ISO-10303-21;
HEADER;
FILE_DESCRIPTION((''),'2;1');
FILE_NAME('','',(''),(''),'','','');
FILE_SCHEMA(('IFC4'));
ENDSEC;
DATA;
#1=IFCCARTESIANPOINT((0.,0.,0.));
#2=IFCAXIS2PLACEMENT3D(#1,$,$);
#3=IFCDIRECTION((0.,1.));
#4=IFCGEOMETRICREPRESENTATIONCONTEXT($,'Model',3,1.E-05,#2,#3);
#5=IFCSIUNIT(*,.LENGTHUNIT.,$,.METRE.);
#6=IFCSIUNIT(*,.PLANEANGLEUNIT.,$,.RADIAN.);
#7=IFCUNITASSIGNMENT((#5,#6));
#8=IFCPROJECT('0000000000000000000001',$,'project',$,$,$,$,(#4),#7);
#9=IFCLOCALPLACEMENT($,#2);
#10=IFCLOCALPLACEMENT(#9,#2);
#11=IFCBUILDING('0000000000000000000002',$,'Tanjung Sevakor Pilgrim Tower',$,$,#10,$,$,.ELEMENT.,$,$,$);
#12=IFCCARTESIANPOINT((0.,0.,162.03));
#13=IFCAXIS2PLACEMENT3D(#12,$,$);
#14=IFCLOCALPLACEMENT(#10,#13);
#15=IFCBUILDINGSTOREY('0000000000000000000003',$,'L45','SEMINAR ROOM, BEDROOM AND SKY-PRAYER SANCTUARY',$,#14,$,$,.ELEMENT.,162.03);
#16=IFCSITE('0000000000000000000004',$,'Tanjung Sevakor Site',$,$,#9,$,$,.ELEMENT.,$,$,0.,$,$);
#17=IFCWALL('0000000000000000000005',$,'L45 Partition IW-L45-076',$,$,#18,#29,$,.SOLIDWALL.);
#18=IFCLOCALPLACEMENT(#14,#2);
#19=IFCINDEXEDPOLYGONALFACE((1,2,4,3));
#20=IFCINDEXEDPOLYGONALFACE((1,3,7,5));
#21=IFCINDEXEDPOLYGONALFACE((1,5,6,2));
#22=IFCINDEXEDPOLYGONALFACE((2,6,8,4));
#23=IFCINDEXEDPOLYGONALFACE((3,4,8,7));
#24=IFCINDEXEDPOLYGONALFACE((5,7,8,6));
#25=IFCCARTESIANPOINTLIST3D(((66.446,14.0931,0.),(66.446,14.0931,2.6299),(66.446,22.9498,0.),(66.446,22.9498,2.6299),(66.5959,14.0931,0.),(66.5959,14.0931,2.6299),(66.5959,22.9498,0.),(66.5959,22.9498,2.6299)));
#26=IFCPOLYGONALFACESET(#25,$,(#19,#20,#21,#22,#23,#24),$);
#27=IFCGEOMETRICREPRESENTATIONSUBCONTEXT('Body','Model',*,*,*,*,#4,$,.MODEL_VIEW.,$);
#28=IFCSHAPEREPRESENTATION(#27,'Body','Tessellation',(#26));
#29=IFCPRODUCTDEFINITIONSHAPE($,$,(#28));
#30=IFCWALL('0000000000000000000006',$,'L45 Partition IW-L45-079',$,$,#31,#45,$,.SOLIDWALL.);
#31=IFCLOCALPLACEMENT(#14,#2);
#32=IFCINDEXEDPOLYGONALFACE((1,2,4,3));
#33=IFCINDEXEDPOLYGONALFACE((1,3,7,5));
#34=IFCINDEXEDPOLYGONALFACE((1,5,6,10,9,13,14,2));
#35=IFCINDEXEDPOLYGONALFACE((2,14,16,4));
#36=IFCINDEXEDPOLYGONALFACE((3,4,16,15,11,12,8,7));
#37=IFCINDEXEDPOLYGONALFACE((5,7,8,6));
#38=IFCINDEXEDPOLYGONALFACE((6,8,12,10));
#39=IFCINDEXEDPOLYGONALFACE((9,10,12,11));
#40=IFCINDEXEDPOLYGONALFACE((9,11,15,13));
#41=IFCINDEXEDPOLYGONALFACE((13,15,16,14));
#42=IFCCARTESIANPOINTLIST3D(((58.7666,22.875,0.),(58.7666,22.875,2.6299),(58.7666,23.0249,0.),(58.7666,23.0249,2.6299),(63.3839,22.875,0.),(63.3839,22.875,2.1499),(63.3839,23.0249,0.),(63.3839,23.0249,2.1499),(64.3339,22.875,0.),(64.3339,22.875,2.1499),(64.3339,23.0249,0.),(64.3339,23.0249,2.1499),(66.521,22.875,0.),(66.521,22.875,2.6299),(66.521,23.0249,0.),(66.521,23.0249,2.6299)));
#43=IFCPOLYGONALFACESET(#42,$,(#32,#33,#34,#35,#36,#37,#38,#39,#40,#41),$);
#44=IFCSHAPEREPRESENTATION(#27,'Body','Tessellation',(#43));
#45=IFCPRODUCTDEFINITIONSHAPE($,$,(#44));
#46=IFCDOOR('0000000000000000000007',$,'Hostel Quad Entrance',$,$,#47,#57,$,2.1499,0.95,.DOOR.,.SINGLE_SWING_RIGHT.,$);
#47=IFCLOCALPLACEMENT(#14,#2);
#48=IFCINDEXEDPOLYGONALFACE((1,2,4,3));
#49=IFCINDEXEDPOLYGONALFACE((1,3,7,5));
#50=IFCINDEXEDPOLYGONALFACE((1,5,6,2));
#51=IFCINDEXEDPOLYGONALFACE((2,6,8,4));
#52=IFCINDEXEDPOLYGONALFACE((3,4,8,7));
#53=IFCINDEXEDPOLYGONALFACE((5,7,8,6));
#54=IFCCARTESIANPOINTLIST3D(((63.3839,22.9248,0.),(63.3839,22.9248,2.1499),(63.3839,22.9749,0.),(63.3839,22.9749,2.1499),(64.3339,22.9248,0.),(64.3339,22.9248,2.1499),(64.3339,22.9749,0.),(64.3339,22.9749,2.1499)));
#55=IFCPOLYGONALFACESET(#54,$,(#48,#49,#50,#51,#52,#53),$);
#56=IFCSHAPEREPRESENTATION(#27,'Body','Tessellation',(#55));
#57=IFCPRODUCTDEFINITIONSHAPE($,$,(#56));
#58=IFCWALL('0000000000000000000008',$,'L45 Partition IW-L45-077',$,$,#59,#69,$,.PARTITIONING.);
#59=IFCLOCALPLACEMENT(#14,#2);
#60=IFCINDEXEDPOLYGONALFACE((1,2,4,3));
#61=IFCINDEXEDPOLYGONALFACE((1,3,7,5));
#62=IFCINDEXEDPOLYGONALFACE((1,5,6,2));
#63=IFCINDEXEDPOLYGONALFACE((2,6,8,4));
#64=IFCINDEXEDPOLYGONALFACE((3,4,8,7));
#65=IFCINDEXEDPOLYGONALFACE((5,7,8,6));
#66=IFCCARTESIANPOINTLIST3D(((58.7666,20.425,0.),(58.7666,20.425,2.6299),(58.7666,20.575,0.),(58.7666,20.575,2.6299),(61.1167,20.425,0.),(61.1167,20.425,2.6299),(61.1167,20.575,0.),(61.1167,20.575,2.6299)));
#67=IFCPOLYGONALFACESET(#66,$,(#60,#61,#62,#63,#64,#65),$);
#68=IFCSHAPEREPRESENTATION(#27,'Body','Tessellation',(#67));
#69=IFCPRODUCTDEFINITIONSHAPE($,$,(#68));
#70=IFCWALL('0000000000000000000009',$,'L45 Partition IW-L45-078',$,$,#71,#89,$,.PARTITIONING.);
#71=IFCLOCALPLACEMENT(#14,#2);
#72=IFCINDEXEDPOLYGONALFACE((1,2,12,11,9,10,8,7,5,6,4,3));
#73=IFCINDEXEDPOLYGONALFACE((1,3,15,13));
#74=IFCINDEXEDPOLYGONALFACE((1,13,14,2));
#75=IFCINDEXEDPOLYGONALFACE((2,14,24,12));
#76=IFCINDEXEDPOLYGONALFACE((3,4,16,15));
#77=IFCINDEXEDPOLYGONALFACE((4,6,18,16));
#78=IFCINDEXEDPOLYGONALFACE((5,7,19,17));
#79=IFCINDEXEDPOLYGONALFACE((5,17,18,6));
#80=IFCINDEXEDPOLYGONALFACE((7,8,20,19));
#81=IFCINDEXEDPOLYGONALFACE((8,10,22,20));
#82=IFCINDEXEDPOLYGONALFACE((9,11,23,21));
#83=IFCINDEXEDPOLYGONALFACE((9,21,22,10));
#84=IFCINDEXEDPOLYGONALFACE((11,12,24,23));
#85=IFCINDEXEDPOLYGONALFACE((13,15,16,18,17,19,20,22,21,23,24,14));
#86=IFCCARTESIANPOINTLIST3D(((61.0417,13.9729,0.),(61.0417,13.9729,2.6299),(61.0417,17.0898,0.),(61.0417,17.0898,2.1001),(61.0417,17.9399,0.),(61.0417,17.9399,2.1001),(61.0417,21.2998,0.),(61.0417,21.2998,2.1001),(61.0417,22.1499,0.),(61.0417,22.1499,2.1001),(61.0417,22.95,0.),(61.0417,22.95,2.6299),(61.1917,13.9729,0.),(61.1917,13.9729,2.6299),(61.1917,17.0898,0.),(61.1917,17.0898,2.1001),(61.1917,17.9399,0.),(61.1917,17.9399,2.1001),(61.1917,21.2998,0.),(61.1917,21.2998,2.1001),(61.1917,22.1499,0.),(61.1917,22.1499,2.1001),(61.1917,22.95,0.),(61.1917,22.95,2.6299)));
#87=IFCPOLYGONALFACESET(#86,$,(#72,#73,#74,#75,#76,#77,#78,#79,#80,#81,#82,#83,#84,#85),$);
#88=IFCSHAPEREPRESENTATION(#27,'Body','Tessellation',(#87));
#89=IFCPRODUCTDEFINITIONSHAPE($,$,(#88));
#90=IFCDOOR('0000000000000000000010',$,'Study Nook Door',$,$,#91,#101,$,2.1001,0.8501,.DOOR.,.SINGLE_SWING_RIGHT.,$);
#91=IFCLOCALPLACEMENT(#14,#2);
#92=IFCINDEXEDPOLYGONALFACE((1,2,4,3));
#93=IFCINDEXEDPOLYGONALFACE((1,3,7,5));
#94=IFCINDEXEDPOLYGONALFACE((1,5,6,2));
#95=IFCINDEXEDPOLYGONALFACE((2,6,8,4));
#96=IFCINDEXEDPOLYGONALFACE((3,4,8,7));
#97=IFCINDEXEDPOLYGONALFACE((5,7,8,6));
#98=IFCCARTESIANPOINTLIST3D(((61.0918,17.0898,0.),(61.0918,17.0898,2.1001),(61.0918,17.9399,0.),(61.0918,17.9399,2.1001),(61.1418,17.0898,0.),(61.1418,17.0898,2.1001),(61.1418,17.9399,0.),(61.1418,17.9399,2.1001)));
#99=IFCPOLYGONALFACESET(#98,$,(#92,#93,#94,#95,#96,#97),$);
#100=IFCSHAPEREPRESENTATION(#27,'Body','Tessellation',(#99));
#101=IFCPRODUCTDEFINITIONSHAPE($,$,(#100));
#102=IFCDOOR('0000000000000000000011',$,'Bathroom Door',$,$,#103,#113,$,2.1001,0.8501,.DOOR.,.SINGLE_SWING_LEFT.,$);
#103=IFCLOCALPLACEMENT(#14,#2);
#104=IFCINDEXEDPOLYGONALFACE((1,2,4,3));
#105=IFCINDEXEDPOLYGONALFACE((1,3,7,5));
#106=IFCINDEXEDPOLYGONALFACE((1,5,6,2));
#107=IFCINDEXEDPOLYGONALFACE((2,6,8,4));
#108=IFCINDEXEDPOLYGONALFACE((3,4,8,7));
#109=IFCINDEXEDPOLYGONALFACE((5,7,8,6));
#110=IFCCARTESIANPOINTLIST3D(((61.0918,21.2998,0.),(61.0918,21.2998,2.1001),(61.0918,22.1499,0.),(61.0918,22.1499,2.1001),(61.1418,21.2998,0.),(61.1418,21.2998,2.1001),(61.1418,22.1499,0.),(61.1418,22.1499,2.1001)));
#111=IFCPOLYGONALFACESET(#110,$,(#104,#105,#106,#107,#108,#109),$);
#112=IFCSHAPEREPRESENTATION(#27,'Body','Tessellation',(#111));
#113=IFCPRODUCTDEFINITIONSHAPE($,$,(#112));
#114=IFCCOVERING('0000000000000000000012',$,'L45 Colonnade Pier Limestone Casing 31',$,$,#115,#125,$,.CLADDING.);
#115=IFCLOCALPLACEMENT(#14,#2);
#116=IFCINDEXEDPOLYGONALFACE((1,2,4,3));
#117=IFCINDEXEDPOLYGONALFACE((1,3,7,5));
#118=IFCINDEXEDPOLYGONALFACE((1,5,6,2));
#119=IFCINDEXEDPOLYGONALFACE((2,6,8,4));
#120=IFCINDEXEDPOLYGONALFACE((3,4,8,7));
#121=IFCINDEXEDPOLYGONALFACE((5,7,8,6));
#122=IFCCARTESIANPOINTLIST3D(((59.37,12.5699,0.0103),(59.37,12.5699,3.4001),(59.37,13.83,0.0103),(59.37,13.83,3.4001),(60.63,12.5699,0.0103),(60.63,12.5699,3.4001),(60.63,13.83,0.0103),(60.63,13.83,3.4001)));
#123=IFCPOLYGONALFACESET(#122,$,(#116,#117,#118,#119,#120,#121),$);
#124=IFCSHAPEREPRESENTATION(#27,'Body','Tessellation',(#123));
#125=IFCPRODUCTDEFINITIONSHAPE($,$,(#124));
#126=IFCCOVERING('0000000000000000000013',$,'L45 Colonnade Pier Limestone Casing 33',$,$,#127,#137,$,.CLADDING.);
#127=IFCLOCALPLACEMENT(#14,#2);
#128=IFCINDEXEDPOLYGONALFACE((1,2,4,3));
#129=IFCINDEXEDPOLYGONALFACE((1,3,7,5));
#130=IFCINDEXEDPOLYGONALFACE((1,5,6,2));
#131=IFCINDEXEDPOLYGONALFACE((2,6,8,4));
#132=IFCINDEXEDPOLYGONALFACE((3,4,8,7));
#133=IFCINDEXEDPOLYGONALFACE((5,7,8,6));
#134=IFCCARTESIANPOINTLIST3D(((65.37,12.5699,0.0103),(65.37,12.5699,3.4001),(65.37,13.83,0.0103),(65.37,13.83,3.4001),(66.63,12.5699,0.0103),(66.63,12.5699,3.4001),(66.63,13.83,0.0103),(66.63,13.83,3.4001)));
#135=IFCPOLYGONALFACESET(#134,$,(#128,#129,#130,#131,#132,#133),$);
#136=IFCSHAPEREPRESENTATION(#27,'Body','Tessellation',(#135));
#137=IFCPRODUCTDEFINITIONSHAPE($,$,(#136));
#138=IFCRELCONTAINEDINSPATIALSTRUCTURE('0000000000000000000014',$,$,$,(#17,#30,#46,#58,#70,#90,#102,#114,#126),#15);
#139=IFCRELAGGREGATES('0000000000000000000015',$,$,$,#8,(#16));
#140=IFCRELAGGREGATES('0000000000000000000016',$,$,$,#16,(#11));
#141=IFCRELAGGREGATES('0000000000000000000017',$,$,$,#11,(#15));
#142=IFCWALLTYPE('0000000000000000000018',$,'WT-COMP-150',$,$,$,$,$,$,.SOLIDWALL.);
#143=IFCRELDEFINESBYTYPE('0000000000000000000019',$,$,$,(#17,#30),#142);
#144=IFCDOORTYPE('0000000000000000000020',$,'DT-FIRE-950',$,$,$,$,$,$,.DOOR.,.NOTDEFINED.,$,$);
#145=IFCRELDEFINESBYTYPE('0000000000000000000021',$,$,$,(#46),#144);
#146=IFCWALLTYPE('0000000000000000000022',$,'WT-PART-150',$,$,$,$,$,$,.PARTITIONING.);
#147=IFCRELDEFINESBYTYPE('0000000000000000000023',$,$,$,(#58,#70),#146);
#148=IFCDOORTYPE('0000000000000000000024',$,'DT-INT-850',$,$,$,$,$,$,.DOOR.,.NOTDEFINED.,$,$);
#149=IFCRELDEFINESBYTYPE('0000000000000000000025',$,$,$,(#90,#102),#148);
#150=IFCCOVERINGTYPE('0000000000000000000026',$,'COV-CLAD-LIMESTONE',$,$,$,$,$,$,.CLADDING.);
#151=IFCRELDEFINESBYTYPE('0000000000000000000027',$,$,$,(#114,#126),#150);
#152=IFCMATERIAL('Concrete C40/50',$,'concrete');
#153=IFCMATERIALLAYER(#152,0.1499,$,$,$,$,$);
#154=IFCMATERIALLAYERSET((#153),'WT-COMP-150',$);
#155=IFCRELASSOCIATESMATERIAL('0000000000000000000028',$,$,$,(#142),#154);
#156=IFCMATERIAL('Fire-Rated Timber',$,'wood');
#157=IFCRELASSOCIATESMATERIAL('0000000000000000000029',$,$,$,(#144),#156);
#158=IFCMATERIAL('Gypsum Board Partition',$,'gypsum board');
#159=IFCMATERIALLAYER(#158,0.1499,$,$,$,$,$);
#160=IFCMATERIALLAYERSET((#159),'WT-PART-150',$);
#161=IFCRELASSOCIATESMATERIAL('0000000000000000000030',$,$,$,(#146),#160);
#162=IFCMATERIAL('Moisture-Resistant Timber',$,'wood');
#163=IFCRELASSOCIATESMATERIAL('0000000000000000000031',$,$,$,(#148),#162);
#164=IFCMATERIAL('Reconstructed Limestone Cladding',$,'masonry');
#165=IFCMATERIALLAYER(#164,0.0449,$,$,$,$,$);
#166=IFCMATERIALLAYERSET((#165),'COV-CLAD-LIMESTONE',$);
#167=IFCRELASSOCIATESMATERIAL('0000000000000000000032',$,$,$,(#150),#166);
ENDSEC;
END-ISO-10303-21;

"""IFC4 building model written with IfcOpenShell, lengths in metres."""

from ifc_helpers import new_model, si_unit, direction, frame, frame_2d, origin, origin_2d, place, context, subcontext, project, spatial, rectangle, extrude, material, layer, layer_set, type_object, element, fill, save


model = new_model("IFC4")

# Units and contexts
model_context = context("Model", 3, precision=1e-05, world=origin(), true_north=direction((0.0, 1.0)))
body_context = subcontext(model_context, "Body", "Model", "MODEL_VIEW")
ifc_project = project(units=[si_unit("LENGTHUNIT", "METRE"), si_unit("PLANEANGLEUNIT", "RADIAN")], contexts=[model_context])

# Site, building, storey
site_placement = place(None, origin())
site = spatial("IfcSite", under=ifc_project, at=site_placement, Name="Tanjung Sevakor Site", CompositionType="ELEMENT", RefElevation=0.0)
building_placement = place(site_placement, origin())
building = spatial("IfcBuilding", under=site, at=building_placement, Name="Tanjung Sevakor Pilgrim Tower", CompositionType="ELEMENT")
storey_placement = place(building_placement, frame((0.0, 0.0, 162.03)))
storey = spatial("IfcBuildingStorey", under=building, at=storey_placement, Name="L45", Description="SEMINAR ROOM, BEDROOM AND SKY-PRAYER SANCTUARY", CompositionType="ELEMENT", Elevation=162.03)

# Wall
ifc_material_1 = material(Name="Concrete C40/50", Category="concrete")
ifc_layer_1 = layer(ifc_material_1, 0.1499)
ifc_layer_set_1 = layer_set([ifc_layer_1], Name="WT-COMP-150")
wall_type_1 = type_object("IfcWallType", Name="WT-COMP-150", PredefinedType="SOLIDWALL", material=ifc_layer_set_1)
wall_1_placement = place(storey_placement, frame((66.521, 14.0933, 0.0), z_axis=(0.0, 0.0, 1.0), x_axis=(0.0, 1.0, 0.0)))
element("IfcWall", 1, at=wall_1_placement, inside=storey, type_object=wall_type_1, Name="L45 Partition IW-L45-076", PredefinedType="SOLIDWALL", context=body_context, shape_type="SweptSolid", body=[
    extrude(rectangle(XDim=8.8567, YDim=0.1499, at=frame_2d((4.4282, 0.0))), origin(), (0.0, 0.0, 1.0), 2.6299),
])

# Wall, opening, door
wall_2_placement = place(storey_placement, frame((58.7666, 22.95, 0.0), z_axis=(0.0, 0.0, 1.0), x_axis=(1.0, 0.0, 0.0)))
wall_2 = element("IfcWall", 2, at=wall_2_placement, inside=storey, type_object=wall_type_1, Name="L45 Partition IW-L45-079", PredefinedType="SOLIDWALL", context=body_context, shape_type="SweptSolid", body=[
    extrude(rectangle(XDim=7.7544, YDim=0.1499, at=frame_2d((3.8772, 0.0))), origin(), (0.0, 0.0, 1.0), 2.6299),
])
opening_1_placement = place(wall_2_placement, frame((4.6172, 0.0, 0.0)))
opening_1 = element("IfcOpeningElement", 3, at=opening_1_placement, cuts=wall_2, PredefinedType="OPENING", context=body_context, shape_type="SweptSolid", body=[
    extrude(rectangle(XDim=0.95, YDim=2.1499, at=frame_2d((0.4751, 1.075))), frame((0.0, 0.085, 0.0), z_axis=(0.0, -1.0, 0.0), x_axis=(1.0, 0.0, 0.0)), (0.0, 0.0, 1.0), 0.1699),
])
ifc_material_2 = material(Name="Fire-Rated Timber", Category="wood")
door_type_1 = type_object("IfcDoorType", Name="DT-FIRE-950", OperationType="NOTDEFINED", PredefinedType="DOOR", material=ifc_material_2)
door_1_placement = place(opening_1_placement, origin())
door_1 = element("IfcDoor", 4, at=door_1_placement, inside=storey, type_object=door_type_1, Name="Hostel Quad Entrance", OperationType="SINGLE_SWING_RIGHT", OverallHeight=2.1499, OverallWidth=0.95, PredefinedType="DOOR", context=body_context, shape_type="SweptSolid", body=[
    extrude(rectangle(XDim=0.95, YDim=2.1499, at=frame_2d((0.4751, 1.075))), frame((0.0, 0.0249, 0.0), z_axis=(0.0, -1.0, 0.0), x_axis=(1.0, 0.0, 0.0)), (0.0, 0.0, 1.0), 0.05),
])
fill(opening_1, door_1)

# Wall
ifc_material_3 = material(Name="Gypsum Board Partition", Category="gypsum board")
ifc_layer_2 = layer(ifc_material_3, 0.1499)
ifc_layer_set_2 = layer_set([ifc_layer_2], Name="WT-PART-150")
wall_type_2 = type_object("IfcWallType", Name="WT-PART-150", PredefinedType="PARTITIONING", material=ifc_layer_set_2)
wall_3_placement = place(storey_placement, frame((58.7666, 20.5, 0.0), z_axis=(0.0, 0.0, 1.0), x_axis=(1.0, 0.0, 0.0)))
element("IfcWall", 5, at=wall_3_placement, inside=storey, type_object=wall_type_2, Name="L45 Partition IW-L45-077", PredefinedType="PARTITIONING", context=body_context, shape_type="SweptSolid", body=[
    extrude(rectangle(XDim=2.3501, YDim=0.1499, at=frame_2d((1.175, 0.0))), origin(), (0.0, 0.0, 1.0), 2.6299),
])

# Wall, openings, doors
wall_4_placement = place(storey_placement, frame((61.1167, 13.9729, 0.0), z_axis=(0.0, 0.0, 1.0), x_axis=(0.0, 1.0, 0.0)))
wall_4 = element("IfcWall", 6, at=wall_4_placement, inside=storey, type_object=wall_type_2, Name="L45 Partition IW-L45-078", PredefinedType="PARTITIONING", context=body_context, shape_type="SweptSolid", body=[
    extrude(rectangle(XDim=8.9771, YDim=0.1499, at=frame_2d((4.4885, 0.0))), origin(), (0.0, 0.0, 1.0), 2.6299),
])
opening_2_placement = place(wall_4_placement, frame((3.1169, 0.0, 0.0)))
opening_2 = element("IfcOpeningElement", 7, at=opening_2_placement, cuts=wall_4, PredefinedType="OPENING", context=body_context, shape_type="SweptSolid", body=[
    extrude(rectangle(XDim=0.8501, YDim=2.1001, at=frame_2d((0.425, 1.05))), frame((0.0, 0.085, 0.0), z_axis=(0.0, -1.0, 0.0), x_axis=(1.0, 0.0, 0.0)), (0.0, 0.0, 1.0), 0.1699),
])
opening_3_placement = place(wall_4_placement, frame((7.3269, 0.0, 0.0)))
opening_3 = element("IfcOpeningElement", 8, at=opening_3_placement, cuts=wall_4, PredefinedType="OPENING", context=body_context, shape_type="SweptSolid", body=[
    extrude(rectangle(XDim=0.8501, YDim=2.1001, at=frame_2d((0.425, 1.05))), frame((0.0, 0.085, 0.0), z_axis=(0.0, -1.0, 0.0), x_axis=(1.0, 0.0, 0.0)), (0.0, 0.0, 1.0), 0.1699),
])
ifc_material_4 = material(Name="Moisture-Resistant Timber", Category="wood")
door_type_2 = type_object("IfcDoorType", Name="DT-INT-850", OperationType="NOTDEFINED", PredefinedType="DOOR", material=ifc_material_4)
door_2_placement = place(opening_2_placement, origin())
door_2 = element("IfcDoor", 9, at=door_2_placement, inside=storey, type_object=door_type_2, Name="Study Nook Door", OperationType="SINGLE_SWING_RIGHT", OverallHeight=2.1001, OverallWidth=0.8501, PredefinedType="DOOR", context=body_context, shape_type="SweptSolid", body=[
    extrude(rectangle(XDim=0.8501, YDim=2.1001, at=frame_2d((0.425, 1.05))), frame((0.0, 0.0249, 0.0), z_axis=(0.0, -1.0, 0.0), x_axis=(1.0, 0.0, 0.0)), (0.0, 0.0, 1.0), 0.05),
])
fill(opening_2, door_2)
door_3_placement = place(opening_3_placement, origin())
door_3 = element("IfcDoor", 10, at=door_3_placement, inside=storey, type_object=door_type_2, Name="Bathroom Door", OperationType="SINGLE_SWING_LEFT", OverallHeight=2.1001, OverallWidth=0.8501, PredefinedType="DOOR", context=body_context, shape_type="SweptSolid", body=[
    extrude(rectangle(XDim=0.8501, YDim=2.1001, at=frame_2d((0.425, 1.05))), frame((0.0, 0.0249, 0.0), z_axis=(0.0, -1.0, 0.0), x_axis=(1.0, 0.0, 0.0)), (0.0, 0.0, 1.0), 0.05),
])
fill(opening_3, door_3)

# Coverings
ifc_material_5 = material(Name="Reconstructed Limestone Cladding", Category="masonry")
ifc_layer_3 = layer(ifc_material_5, 0.0449)
ifc_layer_set_3 = layer_set([ifc_layer_3], Name="COV-CLAD-LIMESTONE")
covering_type = type_object("IfcCoveringType", Name="COV-CLAD-LIMESTONE", PredefinedType="CLADDING", material=ifc_layer_set_3)
for number, where, z_axis, x_axis, name in (
    (11, (60.0, 13.2, 0.0103), (0.0, 0.0, 1.0), (1.0, 0.0, 0.0), "L45 Colonnade Pier Limestone Casing 31"),
    (12, (66.0, 13.2, 0.0103), (0.0, 0.0, 1.0), (1.0, 0.0, 0.0), "L45 Colonnade Pier Limestone Casing 33"),
):
    element("IfcCovering", number, at=place(storey_placement, frame(where, z_axis=z_axis, x_axis=x_axis)), inside=storey, type_object=covering_type, Name=name, PredefinedType="CLADDING", context=body_context, shape_type="SweptSolid", body=[
        extrude(rectangle(XDim=1.26, YDim=1.26, at=origin_2d()), origin(), (0.0, 0.0, 1.0), 3.3899),
    ])

save(model, "model.ifc")
